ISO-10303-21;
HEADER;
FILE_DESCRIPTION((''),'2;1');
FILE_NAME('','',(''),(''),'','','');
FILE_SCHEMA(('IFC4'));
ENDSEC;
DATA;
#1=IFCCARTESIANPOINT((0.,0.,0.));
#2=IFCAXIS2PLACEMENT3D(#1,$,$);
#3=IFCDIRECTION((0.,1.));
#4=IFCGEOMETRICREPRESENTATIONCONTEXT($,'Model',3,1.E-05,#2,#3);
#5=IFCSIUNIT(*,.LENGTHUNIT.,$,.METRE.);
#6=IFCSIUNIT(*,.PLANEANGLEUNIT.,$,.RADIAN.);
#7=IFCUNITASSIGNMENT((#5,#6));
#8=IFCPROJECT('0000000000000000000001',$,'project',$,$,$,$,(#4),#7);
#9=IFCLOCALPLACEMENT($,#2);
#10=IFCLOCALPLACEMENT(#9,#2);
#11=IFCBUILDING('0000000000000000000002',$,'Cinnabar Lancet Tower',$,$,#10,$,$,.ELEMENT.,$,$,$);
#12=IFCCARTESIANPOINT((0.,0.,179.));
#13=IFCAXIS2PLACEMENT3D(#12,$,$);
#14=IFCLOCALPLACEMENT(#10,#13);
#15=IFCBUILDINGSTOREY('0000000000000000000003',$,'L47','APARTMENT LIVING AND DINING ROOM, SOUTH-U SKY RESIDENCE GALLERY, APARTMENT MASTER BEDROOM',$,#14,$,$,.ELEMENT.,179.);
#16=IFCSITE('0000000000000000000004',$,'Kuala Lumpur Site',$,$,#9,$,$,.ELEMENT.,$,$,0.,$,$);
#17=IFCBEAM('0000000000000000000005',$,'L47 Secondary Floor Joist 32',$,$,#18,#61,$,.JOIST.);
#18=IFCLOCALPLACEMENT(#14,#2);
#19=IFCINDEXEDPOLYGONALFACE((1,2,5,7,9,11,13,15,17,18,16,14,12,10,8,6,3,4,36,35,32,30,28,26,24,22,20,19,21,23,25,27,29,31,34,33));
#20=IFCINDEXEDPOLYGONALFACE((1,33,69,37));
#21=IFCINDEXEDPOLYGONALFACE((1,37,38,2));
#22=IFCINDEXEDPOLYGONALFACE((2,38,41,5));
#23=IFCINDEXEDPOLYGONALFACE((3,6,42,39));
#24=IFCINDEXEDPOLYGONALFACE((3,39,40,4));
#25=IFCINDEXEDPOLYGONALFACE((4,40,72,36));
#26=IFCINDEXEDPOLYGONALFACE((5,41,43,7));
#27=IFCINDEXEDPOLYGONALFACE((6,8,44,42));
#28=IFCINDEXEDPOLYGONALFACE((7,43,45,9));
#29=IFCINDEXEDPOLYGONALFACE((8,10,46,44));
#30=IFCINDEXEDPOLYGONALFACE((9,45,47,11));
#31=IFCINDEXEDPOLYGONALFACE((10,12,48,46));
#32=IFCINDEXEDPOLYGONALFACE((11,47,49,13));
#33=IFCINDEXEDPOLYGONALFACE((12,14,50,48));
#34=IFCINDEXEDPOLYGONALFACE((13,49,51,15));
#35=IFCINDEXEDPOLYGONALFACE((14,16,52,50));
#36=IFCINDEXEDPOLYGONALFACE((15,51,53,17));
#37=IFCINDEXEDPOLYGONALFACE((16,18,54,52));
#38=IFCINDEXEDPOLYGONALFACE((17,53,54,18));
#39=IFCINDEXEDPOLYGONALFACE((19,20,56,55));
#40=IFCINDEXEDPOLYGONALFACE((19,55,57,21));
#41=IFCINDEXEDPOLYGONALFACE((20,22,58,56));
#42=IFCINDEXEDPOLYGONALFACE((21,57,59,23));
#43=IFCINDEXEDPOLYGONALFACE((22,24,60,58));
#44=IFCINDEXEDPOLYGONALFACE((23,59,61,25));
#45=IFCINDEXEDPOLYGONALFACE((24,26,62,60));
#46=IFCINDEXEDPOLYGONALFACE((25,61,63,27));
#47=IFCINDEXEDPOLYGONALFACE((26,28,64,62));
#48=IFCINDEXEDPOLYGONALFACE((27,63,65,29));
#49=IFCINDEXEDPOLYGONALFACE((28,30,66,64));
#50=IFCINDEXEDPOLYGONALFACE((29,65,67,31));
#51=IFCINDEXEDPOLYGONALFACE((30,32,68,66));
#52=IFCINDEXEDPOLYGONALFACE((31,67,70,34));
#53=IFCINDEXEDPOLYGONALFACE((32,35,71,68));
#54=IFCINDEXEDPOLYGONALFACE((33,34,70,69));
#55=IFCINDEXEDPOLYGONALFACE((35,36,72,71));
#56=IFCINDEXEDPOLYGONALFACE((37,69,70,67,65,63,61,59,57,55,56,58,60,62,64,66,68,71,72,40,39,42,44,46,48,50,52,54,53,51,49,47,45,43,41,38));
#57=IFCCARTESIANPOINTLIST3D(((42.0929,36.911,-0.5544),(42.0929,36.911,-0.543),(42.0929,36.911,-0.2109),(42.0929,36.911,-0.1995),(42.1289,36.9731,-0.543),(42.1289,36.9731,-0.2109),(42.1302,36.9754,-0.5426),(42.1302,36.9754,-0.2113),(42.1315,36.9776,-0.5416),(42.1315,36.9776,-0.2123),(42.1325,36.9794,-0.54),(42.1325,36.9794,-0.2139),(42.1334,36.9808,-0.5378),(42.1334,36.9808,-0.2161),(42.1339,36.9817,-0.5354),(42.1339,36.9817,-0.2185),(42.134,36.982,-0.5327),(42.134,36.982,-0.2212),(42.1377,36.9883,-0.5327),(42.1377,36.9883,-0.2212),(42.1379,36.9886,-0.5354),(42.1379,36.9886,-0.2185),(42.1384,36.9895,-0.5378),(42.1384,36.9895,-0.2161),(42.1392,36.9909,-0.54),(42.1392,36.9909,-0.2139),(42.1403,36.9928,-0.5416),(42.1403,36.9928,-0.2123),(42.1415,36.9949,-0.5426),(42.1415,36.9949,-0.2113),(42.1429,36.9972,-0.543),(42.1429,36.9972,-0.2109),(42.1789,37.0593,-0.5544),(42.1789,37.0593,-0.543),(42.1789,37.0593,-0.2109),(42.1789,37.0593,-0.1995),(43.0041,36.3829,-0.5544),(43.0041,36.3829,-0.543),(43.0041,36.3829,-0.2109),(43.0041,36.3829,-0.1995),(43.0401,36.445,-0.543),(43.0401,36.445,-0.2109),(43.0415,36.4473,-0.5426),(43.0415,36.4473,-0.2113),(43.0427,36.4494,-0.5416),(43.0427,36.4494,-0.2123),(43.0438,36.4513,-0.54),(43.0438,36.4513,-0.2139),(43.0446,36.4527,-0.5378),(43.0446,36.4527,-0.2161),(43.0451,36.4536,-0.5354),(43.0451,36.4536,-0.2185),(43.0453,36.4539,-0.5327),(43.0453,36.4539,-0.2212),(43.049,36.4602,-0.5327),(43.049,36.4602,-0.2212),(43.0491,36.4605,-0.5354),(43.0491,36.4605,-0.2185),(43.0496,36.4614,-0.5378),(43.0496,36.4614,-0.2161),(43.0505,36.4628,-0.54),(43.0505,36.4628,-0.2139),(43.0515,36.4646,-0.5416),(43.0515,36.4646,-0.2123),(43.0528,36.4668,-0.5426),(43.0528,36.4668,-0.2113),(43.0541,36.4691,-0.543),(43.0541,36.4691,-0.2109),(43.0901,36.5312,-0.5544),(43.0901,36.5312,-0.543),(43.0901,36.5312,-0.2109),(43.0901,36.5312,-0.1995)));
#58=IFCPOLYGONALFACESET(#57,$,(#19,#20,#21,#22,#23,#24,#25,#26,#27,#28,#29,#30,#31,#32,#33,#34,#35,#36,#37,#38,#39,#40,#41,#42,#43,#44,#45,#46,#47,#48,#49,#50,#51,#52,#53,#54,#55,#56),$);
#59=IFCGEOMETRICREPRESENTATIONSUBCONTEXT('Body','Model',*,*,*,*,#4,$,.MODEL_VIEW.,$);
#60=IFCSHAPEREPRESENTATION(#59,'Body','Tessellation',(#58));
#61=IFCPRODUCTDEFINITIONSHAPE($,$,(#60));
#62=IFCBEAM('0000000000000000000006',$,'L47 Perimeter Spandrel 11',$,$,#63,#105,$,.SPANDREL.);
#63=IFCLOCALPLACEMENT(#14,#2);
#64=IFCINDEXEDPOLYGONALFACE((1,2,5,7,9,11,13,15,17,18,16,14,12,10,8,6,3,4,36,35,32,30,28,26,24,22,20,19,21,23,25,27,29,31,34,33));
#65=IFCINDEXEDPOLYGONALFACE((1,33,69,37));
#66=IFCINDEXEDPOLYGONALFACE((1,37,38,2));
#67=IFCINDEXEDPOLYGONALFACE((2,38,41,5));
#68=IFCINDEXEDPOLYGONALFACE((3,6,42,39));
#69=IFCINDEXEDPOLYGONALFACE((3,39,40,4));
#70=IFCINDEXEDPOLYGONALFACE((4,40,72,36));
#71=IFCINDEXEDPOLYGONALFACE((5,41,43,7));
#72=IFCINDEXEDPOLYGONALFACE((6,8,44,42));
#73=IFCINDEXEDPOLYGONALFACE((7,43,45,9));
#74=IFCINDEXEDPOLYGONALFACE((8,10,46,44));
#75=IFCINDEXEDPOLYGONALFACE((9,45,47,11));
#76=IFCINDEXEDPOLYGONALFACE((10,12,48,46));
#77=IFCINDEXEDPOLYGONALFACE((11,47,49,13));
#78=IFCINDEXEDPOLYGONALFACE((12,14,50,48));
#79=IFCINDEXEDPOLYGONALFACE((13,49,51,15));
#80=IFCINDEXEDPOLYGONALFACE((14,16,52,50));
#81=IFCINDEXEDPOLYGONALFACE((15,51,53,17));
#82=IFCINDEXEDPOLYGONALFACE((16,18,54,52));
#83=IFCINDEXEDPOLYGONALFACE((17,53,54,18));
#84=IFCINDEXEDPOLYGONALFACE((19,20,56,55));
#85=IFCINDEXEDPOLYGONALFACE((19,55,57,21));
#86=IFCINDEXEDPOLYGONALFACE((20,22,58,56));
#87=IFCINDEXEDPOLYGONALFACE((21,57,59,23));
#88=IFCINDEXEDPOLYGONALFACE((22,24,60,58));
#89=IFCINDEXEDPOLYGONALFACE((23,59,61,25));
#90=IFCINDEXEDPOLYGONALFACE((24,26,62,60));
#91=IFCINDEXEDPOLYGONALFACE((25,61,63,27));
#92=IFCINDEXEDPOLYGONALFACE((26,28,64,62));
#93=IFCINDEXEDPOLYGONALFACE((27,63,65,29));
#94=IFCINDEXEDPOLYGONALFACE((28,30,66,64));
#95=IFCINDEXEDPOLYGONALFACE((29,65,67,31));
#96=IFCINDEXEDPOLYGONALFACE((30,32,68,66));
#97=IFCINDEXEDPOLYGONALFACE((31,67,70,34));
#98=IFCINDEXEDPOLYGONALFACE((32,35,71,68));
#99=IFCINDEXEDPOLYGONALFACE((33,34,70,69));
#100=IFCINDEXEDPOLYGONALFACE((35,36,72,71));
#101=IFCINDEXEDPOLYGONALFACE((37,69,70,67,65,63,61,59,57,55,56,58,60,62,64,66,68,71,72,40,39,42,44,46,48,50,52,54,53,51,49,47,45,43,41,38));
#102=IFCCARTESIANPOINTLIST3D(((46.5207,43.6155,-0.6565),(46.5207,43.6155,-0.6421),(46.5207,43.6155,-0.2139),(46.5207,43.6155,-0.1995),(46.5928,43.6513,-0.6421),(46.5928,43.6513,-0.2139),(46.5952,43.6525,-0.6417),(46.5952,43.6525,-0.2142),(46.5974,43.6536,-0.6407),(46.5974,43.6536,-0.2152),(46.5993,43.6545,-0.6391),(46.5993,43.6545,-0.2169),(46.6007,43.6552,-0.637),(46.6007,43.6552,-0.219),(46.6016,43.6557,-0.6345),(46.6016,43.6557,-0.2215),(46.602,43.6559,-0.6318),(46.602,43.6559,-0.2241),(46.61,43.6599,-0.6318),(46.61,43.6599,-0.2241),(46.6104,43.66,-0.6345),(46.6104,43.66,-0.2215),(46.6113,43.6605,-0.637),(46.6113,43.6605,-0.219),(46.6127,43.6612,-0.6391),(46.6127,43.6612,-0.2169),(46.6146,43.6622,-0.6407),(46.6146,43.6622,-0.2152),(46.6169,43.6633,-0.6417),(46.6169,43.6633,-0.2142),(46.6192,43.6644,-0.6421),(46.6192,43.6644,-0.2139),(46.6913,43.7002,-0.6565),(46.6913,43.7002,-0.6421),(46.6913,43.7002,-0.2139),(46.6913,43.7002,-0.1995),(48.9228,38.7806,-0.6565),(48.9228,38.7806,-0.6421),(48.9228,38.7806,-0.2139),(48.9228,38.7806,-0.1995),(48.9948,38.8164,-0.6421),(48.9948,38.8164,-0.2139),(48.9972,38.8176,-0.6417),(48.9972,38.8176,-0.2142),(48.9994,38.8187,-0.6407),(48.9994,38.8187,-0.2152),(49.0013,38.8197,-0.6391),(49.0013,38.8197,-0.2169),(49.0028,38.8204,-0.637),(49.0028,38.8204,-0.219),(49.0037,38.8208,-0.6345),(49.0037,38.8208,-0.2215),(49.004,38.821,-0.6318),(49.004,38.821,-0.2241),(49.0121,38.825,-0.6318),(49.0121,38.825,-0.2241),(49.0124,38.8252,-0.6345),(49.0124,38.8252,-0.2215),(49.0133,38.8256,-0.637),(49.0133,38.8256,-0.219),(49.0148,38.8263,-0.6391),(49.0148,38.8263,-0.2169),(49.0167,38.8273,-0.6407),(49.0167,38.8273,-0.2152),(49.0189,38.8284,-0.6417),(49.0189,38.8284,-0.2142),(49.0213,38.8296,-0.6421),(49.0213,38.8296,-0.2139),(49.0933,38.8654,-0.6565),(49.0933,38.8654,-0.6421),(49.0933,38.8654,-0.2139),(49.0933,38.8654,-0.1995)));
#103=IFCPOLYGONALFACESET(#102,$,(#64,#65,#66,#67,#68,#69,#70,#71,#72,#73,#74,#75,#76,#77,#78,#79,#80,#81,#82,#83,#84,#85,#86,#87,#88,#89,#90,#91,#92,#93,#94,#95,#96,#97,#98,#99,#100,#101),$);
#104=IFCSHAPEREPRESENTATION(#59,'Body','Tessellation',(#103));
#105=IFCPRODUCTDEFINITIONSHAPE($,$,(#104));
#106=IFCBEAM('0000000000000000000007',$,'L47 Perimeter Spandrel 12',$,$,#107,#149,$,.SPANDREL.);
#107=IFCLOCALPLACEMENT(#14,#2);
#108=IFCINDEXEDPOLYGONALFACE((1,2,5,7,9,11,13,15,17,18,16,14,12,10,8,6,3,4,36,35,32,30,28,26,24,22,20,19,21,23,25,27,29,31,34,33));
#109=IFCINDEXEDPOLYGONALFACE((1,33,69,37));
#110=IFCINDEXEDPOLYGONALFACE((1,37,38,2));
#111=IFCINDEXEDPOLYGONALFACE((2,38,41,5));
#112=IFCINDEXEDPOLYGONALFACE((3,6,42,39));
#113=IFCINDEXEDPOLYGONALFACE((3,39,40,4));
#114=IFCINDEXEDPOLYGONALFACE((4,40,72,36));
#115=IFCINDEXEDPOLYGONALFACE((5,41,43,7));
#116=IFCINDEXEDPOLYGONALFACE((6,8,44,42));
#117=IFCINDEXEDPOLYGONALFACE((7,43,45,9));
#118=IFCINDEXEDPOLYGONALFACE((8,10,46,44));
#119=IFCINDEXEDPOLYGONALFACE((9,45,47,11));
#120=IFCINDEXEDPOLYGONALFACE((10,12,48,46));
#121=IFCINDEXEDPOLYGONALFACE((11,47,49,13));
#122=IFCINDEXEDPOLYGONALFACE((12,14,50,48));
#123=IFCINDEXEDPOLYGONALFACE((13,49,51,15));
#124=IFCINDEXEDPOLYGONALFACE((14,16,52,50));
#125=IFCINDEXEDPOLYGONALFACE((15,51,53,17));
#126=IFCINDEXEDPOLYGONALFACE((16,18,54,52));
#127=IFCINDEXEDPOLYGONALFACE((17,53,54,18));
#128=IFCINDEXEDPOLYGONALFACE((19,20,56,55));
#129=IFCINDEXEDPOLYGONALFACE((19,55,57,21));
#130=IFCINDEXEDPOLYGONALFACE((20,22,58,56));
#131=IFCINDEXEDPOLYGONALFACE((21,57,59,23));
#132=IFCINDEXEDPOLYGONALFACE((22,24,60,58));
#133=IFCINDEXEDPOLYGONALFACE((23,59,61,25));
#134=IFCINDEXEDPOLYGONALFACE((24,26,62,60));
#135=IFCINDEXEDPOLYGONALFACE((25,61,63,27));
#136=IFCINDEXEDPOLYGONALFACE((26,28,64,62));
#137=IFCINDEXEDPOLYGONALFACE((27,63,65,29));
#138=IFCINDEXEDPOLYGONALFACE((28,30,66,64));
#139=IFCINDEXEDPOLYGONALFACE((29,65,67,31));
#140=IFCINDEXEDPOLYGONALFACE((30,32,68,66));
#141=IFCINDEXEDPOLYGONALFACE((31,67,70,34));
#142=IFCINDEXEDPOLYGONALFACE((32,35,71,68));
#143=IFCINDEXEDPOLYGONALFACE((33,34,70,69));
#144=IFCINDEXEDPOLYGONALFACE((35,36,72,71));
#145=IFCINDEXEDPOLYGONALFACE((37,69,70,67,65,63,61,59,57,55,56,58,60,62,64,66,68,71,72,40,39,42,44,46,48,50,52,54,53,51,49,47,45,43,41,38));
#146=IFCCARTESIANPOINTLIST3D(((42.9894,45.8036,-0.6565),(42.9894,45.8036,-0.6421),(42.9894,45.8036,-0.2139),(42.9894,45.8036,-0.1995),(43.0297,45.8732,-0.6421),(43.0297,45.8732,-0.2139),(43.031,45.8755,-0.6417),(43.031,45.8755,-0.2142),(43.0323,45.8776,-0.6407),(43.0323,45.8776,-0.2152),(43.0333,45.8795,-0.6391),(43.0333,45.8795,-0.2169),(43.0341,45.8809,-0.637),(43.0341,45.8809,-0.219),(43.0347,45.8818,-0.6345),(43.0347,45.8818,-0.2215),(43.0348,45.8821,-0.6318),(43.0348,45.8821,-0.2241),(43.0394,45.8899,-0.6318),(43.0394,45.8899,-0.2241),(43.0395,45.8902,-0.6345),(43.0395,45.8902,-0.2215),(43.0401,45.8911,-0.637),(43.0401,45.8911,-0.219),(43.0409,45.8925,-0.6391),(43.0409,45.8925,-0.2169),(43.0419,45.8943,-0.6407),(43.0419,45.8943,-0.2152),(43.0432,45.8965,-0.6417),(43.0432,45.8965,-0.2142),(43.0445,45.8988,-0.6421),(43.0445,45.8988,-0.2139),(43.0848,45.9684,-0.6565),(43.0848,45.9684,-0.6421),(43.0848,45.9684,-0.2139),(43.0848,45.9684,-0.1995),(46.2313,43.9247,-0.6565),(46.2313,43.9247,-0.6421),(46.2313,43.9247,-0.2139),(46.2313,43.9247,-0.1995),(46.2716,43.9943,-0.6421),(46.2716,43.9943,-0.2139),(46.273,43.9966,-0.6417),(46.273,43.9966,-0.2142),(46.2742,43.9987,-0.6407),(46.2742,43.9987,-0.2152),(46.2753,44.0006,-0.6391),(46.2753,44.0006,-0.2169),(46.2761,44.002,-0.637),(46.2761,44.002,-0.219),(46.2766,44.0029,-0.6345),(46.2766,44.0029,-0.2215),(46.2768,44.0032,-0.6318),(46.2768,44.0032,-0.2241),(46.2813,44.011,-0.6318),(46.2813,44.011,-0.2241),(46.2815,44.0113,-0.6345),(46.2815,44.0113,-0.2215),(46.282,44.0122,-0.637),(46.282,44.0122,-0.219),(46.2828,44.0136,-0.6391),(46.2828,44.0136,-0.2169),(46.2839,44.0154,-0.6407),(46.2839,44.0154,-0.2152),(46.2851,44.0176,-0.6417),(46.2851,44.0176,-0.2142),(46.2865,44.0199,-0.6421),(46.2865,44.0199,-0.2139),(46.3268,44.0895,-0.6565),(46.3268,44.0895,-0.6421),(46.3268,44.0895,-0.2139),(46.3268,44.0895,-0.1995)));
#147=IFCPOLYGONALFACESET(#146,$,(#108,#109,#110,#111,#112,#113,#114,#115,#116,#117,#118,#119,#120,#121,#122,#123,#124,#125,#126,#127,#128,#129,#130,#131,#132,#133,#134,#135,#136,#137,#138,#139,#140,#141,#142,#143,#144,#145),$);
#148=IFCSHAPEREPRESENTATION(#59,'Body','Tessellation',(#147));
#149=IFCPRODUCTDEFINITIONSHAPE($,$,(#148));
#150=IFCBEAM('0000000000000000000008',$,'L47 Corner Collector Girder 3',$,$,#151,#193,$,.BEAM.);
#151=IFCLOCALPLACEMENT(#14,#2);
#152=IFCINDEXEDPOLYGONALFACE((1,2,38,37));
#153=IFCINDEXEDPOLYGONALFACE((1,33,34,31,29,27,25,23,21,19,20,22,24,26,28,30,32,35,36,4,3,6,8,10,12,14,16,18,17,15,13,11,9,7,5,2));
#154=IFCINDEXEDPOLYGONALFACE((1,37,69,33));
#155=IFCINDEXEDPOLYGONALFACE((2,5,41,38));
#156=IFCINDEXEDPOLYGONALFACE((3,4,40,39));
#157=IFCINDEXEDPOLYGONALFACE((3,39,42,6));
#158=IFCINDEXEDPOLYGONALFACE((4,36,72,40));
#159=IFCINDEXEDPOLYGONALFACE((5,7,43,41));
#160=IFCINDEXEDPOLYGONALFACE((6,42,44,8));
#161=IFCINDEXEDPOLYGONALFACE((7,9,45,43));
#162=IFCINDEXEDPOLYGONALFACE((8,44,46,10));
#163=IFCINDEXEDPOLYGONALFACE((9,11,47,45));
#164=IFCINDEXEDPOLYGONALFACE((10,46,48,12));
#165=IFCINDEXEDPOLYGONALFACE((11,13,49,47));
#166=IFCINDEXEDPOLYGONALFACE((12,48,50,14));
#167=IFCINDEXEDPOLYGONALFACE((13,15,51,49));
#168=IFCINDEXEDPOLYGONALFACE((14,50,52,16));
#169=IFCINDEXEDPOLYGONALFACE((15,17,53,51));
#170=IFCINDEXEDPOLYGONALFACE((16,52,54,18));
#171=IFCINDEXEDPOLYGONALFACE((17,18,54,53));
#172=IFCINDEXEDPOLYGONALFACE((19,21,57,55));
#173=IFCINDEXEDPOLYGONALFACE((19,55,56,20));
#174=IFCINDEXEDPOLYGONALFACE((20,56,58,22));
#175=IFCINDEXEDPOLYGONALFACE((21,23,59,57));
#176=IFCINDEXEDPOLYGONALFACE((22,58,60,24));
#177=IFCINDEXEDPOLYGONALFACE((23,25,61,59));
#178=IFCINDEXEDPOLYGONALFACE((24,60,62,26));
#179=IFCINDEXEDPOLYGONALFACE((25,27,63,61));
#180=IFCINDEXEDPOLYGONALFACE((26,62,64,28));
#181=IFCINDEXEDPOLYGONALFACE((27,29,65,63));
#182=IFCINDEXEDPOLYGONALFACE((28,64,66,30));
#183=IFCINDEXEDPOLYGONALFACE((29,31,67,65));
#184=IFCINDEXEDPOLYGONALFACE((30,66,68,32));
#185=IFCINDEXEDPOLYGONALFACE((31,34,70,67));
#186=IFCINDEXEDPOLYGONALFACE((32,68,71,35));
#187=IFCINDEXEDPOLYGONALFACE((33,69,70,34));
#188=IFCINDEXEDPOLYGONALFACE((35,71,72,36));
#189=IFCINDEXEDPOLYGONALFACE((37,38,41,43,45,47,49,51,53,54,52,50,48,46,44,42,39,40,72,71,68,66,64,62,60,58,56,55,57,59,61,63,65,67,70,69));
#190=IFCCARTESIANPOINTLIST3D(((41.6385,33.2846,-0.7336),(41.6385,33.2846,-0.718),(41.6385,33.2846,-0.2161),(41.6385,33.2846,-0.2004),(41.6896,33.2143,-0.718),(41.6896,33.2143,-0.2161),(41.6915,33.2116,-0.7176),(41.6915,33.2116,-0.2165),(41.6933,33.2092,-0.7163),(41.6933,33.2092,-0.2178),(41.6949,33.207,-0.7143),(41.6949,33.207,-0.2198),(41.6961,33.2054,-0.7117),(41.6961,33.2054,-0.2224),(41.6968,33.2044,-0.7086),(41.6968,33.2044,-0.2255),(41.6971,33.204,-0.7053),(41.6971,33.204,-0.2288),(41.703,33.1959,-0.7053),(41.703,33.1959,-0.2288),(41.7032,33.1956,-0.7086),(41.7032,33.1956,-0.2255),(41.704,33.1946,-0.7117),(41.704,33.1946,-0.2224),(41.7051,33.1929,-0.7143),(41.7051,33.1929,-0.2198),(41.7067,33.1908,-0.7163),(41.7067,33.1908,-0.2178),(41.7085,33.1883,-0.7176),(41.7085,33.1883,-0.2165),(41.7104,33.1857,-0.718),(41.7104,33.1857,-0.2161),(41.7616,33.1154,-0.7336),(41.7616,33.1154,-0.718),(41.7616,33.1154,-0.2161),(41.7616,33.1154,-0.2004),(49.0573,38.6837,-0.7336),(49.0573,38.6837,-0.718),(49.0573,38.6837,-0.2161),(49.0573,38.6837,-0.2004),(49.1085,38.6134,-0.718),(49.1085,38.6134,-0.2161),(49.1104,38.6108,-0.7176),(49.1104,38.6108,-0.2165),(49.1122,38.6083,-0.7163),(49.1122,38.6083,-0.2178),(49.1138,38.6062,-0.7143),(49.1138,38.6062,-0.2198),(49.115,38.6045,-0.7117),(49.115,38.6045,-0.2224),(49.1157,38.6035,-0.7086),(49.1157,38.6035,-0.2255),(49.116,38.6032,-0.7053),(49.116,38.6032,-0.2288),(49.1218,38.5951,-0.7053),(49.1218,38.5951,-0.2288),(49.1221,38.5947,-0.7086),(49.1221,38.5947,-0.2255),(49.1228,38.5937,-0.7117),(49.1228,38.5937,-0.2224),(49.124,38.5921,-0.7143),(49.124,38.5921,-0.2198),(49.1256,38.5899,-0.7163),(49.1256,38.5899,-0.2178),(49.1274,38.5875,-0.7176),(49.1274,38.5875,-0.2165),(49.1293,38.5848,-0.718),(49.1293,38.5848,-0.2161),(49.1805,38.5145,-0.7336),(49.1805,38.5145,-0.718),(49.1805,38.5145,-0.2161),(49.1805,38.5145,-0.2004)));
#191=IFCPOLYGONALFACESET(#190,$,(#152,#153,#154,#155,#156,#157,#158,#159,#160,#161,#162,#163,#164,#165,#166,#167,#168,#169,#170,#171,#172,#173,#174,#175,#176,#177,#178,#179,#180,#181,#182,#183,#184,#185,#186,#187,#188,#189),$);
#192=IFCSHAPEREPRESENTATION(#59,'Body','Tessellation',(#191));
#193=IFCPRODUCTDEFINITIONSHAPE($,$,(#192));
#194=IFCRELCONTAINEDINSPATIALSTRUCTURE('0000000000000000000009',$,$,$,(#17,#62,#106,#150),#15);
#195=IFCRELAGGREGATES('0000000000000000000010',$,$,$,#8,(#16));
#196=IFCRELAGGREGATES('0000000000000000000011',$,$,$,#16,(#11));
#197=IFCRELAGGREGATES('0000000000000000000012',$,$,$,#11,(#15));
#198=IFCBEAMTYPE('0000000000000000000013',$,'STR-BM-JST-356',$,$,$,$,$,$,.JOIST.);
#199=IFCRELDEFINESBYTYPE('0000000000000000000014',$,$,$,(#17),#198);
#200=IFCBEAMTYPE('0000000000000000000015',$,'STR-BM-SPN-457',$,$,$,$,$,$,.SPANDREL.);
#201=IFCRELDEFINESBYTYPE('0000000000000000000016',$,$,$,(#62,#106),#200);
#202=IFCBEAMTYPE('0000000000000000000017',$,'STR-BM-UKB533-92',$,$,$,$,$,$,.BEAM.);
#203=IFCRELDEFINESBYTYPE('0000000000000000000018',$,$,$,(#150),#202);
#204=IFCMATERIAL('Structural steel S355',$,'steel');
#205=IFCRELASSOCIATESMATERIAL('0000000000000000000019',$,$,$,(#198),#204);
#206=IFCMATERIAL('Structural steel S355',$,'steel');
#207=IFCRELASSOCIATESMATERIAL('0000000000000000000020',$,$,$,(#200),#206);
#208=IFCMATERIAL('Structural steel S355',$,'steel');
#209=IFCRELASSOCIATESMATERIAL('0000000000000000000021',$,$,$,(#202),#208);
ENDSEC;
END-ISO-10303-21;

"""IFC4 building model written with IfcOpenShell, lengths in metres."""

from ifc_helpers import new_model, si_unit, direction, frame, origin, origin_2d, place, context, subcontext, project, spatial, i_section, extrude, material, material_profile, profile_set, type_object, element, save


model = new_model("IFC4")

# Units and contexts
model_context = context("Model", 3, precision=1e-05, world=origin(), true_north=direction((0.0, 1.0)))
body_context = subcontext(model_context, "Body", "Model", "MODEL_VIEW")
ifc_project = project(units=[si_unit("LENGTHUNIT", "METRE"), si_unit("PLANEANGLEUNIT", "RADIAN")], contexts=[model_context])

# Site, building, storey
site_placement = place(None, origin())
site = spatial("IfcSite", under=ifc_project, at=site_placement, Name="Kuala Lumpur Site", CompositionType="ELEMENT", RefElevation=0.0)
building_placement = place(site_placement, origin())
building = spatial("IfcBuilding", under=site, at=building_placement, Name="Cinnabar Lancet Tower", CompositionType="ELEMENT")
storey_placement = place(building_placement, frame((0.0, 0.0, 179.0)))
storey = spatial("IfcBuildingStorey", under=building, at=storey_placement, Name="L47", Description="APARTMENT LIVING AND DINING ROOM, SOUTH-U SKY RESIDENCE GALLERY, APARTMENT MASTER BEDROOM", CompositionType="ELEMENT", Elevation=179.0)

# Beams
ifc_material_1 = material(Name="Structural steel S355", Category="steel")
ifc_material_profile_1 = material_profile(ifc_material_1, i_section(OverallWidth=0.1714, OverallDepth=0.355, WebThickness=0.0073, FlangeThickness=0.0115, FilletRadius=0.0103, at=origin_2d()), Name="UKB 356x171x51")
ifc_profile_set_1 = profile_set([ifc_material_profile_1], Name="Structural steel S355")
beam_type_1 = type_object("IfcBeamType", Name="STR-BM-JST-356", PredefinedType="JOIST", material=ifc_profile_set_1)
beam_1_placement = place(storey_placement, frame((43.0471, 36.457, -0.377), z_axis=(-0.865188, 0.501447, 0.0), x_axis=(-0.501447, -0.865188, 0.0)))
element("IfcBeam", 1, at=beam_1_placement, inside=storey, type_object=beam_type_1, Name="L47 Secondary Floor Joist 32", PredefinedType="JOIST", context=body_context, shape_type="SweptSolid", body=[
    extrude(i_section(OverallWidth=0.1714, OverallDepth=0.355, WebThickness=0.0073, FlangeThickness=0.0115, FilletRadius=0.0103, at=origin_2d()), origin(), (0.0, 0.0, 1.0), 1.0532),
])
ifc_material_2 = material(Name="Structural steel S355", Category="steel")
ifc_material_profile_2 = material_profile(ifc_material_2, i_section(OverallWidth=0.1904, OverallDepth=0.457, WebThickness=0.009, FlangeThickness=0.0144, FilletRadius=0.0103, at=origin_2d()), Name="UKB 457x191x74")
ifc_profile_set_2 = profile_set([ifc_material_profile_2], Name="Structural steel S355")
beam_type_2 = type_object("IfcBeamType", Name="STR-BM-SPN-457", PredefinedType="SPANDREL", material=ifc_profile_set_2)
beam_2_placement = place(storey_placement, frame((49.0081, 38.823, -0.428), z_axis=(-0.444933, 0.895564, 0.0), x_axis=(-0.895564, -0.444933, 0.0)))
element("IfcBeam", 2, at=beam_2_placement, inside=storey, type_object=beam_type_2, Name="L47 Perimeter Spandrel 11", PredefinedType="SPANDREL", context=body_context, shape_type="SweptSolid", body=[
    extrude(i_section(OverallWidth=0.1904, OverallDepth=0.457, WebThickness=0.009, FlangeThickness=0.0144, FilletRadius=0.0103, at=origin_2d()), origin(), (0.0, 0.0, 1.0), 5.3987),
])
beam_3_placement = place(storey_placement, frame((46.2791, 44.0071, -0.428), z_axis=(-0.865196, 0.501434, 0.0), x_axis=(-0.501434, -0.865196, 0.0)))
element("IfcBeam", 3, at=beam_3_placement, inside=storey, type_object=beam_type_2, Name="L47 Perimeter Spandrel 12", PredefinedType="SPANDREL", context=body_context, shape_type="SweptSolid", body=[
    extrude(i_section(OverallWidth=0.1904, OverallDepth=0.457, WebThickness=0.009, FlangeThickness=0.0144, FilletRadius=0.0103, at=origin_2d()), origin(), (0.0, 0.0, 1.0), 3.7471),
])
ifc_material_3 = material(Name="Structural steel S355", Category="steel")
ifc_material_profile_3 = material_profile(ifc_material_3, i_section(OverallWidth=0.2092, OverallDepth=0.5332, WebThickness=0.01, FlangeThickness=0.0156, FilletRadius=0.0127, at=origin_2d()), Name="UKB 533x210x92")
ifc_profile_set_3 = profile_set([ifc_material_profile_3], Name="Structural steel S355")
beam_type_3 = type_object("IfcBeamType", Name="STR-BM-UKB533-92", PredefinedType="BEAM", material=ifc_profile_set_3)
beam_4_placement = place(storey_placement, frame((49.1189, 38.5991, -0.467), z_axis=(-0.808551, -0.588426, 0.0), x_axis=(0.588426, -0.808551, 0.0)))
element("IfcBeam", 4, at=beam_4_placement, inside=storey, type_object=beam_type_3, Name="L47 Corner Collector Girder 3", PredefinedType="BEAM", context=body_context, shape_type="SweptSolid", body=[
    extrude(i_section(OverallWidth=0.2092, OverallDepth=0.5332, WebThickness=0.01, FlangeThickness=0.0156, FilletRadius=0.0127, at=origin_2d()), origin(), (0.0, 0.0, 1.0), 9.1755),
])

save(model, "model.ifc")
